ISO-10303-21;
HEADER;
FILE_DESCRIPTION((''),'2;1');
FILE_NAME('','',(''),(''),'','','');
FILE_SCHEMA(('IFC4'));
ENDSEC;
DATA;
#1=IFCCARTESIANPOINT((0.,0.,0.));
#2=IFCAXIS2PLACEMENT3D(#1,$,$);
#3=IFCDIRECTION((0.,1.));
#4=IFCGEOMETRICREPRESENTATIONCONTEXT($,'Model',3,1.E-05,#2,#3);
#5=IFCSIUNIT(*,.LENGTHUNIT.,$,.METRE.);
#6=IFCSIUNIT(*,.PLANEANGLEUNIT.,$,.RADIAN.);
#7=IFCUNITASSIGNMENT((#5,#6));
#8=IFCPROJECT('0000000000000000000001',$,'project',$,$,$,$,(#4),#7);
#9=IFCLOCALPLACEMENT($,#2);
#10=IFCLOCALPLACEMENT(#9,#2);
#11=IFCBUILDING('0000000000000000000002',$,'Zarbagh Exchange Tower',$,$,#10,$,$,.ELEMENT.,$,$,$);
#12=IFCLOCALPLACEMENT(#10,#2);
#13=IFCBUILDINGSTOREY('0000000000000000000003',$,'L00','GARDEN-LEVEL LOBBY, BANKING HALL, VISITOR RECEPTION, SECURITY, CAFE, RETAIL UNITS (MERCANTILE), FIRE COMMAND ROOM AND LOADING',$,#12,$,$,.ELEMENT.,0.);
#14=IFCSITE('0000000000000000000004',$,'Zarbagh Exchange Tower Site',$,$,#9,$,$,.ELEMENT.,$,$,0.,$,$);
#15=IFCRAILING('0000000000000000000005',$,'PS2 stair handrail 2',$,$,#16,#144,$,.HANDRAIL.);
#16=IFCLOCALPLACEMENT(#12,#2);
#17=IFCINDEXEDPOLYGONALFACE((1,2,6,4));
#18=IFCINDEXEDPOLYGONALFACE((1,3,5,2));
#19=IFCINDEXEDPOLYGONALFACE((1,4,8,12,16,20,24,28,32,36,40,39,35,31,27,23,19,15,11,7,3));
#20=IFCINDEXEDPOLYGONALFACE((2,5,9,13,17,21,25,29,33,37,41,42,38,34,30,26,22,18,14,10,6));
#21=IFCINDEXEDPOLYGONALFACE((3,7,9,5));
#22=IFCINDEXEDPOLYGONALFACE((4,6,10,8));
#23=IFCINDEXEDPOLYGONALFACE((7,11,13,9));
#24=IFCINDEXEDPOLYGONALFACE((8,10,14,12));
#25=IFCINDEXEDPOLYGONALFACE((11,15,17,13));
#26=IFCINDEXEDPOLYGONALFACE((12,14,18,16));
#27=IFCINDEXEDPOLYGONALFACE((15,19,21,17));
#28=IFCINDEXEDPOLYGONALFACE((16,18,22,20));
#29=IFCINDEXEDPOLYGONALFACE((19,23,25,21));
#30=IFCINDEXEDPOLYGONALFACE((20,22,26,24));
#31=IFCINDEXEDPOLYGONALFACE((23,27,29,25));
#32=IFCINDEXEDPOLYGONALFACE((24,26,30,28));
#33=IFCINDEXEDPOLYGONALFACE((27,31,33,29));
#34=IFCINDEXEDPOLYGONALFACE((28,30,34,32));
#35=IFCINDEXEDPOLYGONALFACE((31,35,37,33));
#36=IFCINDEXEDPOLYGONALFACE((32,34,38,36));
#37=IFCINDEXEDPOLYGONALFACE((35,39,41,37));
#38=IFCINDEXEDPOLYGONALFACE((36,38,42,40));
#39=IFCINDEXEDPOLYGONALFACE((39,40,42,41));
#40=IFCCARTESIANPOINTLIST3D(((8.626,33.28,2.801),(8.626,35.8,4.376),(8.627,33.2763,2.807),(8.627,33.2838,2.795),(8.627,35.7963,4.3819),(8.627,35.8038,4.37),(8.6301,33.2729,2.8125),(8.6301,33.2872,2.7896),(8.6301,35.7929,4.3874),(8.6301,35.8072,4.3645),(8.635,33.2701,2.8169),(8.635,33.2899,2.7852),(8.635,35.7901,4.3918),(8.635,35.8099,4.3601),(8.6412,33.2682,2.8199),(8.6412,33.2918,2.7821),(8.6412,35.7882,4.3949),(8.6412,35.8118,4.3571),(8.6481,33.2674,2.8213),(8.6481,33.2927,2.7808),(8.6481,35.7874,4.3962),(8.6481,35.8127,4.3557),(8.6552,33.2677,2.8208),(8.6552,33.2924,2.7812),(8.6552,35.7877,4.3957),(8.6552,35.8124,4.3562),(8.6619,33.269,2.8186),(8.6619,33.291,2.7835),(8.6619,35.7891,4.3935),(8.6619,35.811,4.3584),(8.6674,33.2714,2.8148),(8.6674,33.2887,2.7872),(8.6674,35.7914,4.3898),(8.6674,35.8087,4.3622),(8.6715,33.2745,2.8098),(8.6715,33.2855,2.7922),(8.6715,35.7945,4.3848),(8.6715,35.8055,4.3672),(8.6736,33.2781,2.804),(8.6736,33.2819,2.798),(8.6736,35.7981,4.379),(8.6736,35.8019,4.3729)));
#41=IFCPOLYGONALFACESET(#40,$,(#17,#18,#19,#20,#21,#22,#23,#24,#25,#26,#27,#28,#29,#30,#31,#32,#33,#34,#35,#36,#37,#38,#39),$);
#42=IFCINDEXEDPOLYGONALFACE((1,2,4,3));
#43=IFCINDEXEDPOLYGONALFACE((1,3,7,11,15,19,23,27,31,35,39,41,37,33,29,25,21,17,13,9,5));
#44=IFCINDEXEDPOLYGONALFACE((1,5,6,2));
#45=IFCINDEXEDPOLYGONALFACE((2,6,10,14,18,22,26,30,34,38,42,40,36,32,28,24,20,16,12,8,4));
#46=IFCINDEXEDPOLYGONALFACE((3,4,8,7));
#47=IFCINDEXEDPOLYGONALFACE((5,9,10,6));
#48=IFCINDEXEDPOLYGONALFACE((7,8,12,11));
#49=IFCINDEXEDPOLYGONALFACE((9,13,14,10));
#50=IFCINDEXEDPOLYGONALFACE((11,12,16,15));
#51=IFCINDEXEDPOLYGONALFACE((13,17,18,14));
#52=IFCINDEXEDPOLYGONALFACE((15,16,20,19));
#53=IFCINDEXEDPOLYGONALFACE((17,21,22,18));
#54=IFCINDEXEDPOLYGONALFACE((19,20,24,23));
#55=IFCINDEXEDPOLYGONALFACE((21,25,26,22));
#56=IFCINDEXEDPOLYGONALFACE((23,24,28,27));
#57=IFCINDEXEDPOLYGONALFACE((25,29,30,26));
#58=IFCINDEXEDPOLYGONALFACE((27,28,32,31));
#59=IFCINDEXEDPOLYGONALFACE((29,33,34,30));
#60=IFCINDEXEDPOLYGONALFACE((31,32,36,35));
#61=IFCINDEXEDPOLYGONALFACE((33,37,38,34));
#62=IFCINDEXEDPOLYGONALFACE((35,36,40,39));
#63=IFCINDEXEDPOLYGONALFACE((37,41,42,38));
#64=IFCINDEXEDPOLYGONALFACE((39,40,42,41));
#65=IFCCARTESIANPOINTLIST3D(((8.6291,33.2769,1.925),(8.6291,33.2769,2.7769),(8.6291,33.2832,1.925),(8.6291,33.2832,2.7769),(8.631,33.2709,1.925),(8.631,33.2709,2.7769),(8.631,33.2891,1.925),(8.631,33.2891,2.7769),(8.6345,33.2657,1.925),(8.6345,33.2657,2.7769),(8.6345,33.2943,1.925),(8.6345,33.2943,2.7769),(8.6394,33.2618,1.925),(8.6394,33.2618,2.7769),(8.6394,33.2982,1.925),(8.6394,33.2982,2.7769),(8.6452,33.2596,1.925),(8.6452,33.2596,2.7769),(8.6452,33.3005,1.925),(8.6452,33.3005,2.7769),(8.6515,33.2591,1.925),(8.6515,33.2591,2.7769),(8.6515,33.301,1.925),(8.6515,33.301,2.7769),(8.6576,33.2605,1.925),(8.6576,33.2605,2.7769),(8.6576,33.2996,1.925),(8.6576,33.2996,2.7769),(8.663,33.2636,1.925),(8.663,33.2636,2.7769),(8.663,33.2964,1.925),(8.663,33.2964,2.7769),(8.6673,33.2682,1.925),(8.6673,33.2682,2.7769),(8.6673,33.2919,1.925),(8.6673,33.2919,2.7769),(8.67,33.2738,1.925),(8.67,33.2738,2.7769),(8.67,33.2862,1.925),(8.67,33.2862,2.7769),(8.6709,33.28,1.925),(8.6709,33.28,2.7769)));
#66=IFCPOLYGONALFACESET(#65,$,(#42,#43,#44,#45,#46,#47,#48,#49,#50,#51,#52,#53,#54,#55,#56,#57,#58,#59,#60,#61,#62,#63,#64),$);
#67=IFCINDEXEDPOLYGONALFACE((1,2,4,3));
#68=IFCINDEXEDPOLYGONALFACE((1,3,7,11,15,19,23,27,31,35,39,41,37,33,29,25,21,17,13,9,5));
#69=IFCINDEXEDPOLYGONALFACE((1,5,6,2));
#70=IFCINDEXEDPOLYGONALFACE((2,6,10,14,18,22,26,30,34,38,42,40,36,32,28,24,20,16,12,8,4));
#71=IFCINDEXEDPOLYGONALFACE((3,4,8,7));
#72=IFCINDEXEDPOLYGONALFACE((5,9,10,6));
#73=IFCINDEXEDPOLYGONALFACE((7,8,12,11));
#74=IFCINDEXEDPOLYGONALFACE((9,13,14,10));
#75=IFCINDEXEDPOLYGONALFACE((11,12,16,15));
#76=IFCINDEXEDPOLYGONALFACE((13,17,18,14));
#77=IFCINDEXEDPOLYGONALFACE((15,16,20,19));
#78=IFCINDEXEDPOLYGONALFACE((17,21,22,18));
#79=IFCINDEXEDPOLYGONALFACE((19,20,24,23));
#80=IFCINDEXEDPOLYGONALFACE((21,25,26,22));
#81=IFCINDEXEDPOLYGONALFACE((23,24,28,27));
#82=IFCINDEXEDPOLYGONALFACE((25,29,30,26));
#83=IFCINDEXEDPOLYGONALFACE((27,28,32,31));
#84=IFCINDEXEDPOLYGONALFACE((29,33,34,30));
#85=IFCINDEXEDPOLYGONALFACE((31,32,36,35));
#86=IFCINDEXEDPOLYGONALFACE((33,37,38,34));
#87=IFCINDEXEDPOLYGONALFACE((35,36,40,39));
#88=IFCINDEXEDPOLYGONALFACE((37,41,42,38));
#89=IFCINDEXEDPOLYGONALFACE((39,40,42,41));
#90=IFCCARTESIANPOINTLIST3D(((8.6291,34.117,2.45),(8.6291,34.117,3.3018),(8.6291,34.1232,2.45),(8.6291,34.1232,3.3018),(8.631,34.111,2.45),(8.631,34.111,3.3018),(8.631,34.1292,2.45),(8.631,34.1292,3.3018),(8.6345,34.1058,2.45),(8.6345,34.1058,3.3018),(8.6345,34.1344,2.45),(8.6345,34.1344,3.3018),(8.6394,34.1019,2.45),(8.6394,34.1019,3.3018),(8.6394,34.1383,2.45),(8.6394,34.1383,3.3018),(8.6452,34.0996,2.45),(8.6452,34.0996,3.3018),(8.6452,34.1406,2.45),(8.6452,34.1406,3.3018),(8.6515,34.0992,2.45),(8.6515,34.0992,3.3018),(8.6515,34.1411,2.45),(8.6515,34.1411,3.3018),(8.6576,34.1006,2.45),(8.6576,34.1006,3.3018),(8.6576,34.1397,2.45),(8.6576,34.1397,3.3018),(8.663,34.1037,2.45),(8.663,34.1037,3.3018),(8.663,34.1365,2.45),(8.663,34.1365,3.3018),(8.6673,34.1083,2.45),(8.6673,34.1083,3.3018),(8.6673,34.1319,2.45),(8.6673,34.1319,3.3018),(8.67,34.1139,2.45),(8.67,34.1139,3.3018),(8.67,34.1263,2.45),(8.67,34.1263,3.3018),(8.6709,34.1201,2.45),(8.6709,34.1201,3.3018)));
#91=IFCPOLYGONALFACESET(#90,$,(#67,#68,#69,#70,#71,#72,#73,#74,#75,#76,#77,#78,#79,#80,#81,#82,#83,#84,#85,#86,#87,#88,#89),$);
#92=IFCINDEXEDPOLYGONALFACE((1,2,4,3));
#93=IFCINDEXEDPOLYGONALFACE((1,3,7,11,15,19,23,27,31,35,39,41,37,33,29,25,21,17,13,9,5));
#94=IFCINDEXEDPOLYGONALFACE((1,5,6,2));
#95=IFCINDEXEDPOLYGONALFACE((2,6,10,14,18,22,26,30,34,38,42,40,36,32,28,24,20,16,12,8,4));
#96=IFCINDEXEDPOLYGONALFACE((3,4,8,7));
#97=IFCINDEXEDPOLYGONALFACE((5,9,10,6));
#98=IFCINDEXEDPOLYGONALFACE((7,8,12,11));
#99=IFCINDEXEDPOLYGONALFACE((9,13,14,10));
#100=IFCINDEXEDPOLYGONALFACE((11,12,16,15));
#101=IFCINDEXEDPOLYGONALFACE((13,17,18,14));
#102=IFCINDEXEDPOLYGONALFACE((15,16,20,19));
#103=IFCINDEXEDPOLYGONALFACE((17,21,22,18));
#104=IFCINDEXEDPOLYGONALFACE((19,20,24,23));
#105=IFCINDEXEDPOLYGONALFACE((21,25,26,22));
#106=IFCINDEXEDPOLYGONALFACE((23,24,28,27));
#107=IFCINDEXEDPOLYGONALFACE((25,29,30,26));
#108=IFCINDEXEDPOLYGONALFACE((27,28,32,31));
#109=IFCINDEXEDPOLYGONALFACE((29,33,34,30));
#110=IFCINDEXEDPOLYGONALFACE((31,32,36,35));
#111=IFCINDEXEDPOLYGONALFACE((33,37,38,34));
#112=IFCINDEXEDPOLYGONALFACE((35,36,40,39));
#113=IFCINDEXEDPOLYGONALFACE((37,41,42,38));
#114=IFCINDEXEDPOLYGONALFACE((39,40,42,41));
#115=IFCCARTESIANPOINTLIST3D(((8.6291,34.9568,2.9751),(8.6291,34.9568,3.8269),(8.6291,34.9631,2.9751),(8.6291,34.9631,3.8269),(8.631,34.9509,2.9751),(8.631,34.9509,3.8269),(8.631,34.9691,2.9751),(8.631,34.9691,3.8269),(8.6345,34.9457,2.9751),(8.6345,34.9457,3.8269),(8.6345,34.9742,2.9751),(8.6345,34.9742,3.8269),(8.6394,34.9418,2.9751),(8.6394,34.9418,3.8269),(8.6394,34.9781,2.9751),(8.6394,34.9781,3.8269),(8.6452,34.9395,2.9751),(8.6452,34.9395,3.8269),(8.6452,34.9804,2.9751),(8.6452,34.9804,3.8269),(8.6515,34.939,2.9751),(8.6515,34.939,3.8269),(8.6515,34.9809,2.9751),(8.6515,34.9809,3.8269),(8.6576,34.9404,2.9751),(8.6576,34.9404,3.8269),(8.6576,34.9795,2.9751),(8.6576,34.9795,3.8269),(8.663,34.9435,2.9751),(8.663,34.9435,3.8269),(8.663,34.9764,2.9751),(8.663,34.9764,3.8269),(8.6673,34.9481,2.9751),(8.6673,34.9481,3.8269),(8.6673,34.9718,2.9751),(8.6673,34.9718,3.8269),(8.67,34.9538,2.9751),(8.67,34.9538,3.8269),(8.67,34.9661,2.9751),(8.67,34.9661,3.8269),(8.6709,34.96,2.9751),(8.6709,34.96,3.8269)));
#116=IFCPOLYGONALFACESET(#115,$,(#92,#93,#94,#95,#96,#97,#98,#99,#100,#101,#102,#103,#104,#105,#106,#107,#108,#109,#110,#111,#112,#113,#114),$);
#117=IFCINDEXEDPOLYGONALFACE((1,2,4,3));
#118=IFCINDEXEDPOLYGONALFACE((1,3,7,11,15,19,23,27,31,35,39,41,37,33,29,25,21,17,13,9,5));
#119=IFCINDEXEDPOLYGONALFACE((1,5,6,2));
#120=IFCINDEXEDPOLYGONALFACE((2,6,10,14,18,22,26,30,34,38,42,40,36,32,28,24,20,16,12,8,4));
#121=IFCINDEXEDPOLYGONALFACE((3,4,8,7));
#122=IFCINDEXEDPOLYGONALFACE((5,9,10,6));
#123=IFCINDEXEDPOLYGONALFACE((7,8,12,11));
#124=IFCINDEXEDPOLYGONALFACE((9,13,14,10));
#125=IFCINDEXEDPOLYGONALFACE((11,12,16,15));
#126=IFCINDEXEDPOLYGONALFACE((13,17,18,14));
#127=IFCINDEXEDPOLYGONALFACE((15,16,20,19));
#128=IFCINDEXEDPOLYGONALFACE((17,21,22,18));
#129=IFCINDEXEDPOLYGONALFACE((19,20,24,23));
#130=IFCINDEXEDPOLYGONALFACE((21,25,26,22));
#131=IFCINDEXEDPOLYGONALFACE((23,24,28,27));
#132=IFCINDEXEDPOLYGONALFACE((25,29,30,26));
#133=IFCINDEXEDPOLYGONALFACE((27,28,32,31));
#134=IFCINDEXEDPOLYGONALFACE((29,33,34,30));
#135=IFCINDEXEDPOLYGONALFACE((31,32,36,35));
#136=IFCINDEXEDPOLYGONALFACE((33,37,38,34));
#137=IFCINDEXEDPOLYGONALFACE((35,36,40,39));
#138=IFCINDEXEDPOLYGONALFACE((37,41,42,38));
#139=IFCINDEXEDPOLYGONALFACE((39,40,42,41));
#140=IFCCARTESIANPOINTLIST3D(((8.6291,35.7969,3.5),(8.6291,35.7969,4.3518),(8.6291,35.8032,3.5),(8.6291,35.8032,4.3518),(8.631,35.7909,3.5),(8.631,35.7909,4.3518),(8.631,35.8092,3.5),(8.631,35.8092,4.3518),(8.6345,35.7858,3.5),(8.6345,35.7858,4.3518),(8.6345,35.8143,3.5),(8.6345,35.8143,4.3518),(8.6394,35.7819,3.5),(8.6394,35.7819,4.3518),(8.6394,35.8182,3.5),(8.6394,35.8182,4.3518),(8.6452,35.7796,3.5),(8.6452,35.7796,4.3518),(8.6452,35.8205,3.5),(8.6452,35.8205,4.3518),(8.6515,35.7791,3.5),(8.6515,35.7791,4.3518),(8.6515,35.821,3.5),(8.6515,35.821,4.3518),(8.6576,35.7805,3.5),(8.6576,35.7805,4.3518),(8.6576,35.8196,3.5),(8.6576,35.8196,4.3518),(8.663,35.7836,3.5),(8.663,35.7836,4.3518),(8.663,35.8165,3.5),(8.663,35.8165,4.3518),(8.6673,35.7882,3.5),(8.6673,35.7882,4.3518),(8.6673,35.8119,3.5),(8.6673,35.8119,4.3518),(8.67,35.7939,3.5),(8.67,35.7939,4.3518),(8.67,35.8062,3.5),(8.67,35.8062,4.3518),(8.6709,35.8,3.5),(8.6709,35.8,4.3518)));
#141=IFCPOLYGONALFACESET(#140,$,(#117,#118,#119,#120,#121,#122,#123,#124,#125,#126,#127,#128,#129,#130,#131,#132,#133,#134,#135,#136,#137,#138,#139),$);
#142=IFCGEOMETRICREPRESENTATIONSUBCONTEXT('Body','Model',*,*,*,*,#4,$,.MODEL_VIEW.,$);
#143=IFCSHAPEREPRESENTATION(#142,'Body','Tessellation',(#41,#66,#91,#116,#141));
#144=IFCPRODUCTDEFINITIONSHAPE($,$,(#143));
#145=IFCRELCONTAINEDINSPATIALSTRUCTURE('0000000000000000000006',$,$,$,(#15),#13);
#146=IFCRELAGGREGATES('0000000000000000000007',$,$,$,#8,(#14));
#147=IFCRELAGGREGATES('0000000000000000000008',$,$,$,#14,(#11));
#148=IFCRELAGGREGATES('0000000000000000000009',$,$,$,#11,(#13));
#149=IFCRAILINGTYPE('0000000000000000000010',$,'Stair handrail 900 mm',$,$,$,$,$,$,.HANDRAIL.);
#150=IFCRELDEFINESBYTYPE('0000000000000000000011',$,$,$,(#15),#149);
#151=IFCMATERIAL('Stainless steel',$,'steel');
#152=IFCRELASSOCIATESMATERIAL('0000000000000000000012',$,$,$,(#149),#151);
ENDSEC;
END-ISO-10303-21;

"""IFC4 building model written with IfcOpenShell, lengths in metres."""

from ifc_helpers import new_model, si_unit, direction, frame, origin, origin_2d, place, context, subcontext, project, spatial, circle, extrude, material, type_object, element, save


model = new_model("IFC4")

# Units and contexts
model_context = context("Model", 3, precision=1e-05, world=origin(), true_north=direction((0.0, 1.0)))
body_context = subcontext(model_context, "Body", "Model", "MODEL_VIEW")
ifc_project = project(units=[si_unit("LENGTHUNIT", "METRE"), si_unit("PLANEANGLEUNIT", "RADIAN")], contexts=[model_context])

# Site, building, storey
site_placement = place(None, origin())
site = spatial("IfcSite", under=ifc_project, at=site_placement, Name="Zarbagh Exchange Tower Site", CompositionType="ELEMENT", RefElevation=0.0)
building_placement = place(site_placement, origin())
building = spatial("IfcBuilding", under=site, at=building_placement, Name="Zarbagh Exchange Tower", CompositionType="ELEMENT")
storey_placement = place(building_placement, origin())
storey = spatial("IfcBuildingStorey", under=building, at=storey_placement, Name="L00", Description="GARDEN-LEVEL LOBBY, BANKING HALL, VISITOR RECEPTION, SECURITY, CAFE, RETAIL UNITS (MERCANTILE), FIRE COMMAND ROOM AND LOADING", CompositionType="ELEMENT", Elevation=0.0)

# Shared definitions
ifc_material_1 = material(Name="Stainless steel", Category="steel")

# Railing
railing_type_1 = type_object("IfcRailingType", Name="Stair handrail 900 mm", PredefinedType="HANDRAIL", material=ifc_material_1)
for number, where, name in (
    (1, (8.6499, 33.28, 1.925), "PS2 stair handrail 2"),
):
    element("IfcRailing", number, at=place(storey_placement, frame(where)), inside=storey, type_object=railing_type_1, Name=name, PredefinedType="HANDRAIL", context=body_context, shape_type="SweptSolid", body=[
        extrude(circle(Radius=0.0239, at=origin_2d()), frame((0.0, 0.0, 0.876), z_axis=(0.0, 0.848008, 0.529984), x_axis=(-1.0, 0.0, 0.0)), (0.0, 0.0, 1.0), 2.9717),
        extrude(circle(Radius=0.021, at=origin_2d()), origin(), (0.0, 0.0, 1.0), 0.8518),
        extrude(circle(Radius=0.021, at=origin_2d()), frame((0.0, 0.8401, 0.5249)), (0.0, 0.0, 1.0), 0.8518),
        extrude(circle(Radius=0.021, at=origin_2d()), frame((0.0, 1.6799, 1.05)), (0.0, 0.0, 1.0), 0.8518),
        extrude(circle(Radius=0.021, at=origin_2d()), frame((0.0, 2.52, 1.575)), (0.0, 0.0, 1.0), 0.8518),
    ])

save(model, "model.ifc")
